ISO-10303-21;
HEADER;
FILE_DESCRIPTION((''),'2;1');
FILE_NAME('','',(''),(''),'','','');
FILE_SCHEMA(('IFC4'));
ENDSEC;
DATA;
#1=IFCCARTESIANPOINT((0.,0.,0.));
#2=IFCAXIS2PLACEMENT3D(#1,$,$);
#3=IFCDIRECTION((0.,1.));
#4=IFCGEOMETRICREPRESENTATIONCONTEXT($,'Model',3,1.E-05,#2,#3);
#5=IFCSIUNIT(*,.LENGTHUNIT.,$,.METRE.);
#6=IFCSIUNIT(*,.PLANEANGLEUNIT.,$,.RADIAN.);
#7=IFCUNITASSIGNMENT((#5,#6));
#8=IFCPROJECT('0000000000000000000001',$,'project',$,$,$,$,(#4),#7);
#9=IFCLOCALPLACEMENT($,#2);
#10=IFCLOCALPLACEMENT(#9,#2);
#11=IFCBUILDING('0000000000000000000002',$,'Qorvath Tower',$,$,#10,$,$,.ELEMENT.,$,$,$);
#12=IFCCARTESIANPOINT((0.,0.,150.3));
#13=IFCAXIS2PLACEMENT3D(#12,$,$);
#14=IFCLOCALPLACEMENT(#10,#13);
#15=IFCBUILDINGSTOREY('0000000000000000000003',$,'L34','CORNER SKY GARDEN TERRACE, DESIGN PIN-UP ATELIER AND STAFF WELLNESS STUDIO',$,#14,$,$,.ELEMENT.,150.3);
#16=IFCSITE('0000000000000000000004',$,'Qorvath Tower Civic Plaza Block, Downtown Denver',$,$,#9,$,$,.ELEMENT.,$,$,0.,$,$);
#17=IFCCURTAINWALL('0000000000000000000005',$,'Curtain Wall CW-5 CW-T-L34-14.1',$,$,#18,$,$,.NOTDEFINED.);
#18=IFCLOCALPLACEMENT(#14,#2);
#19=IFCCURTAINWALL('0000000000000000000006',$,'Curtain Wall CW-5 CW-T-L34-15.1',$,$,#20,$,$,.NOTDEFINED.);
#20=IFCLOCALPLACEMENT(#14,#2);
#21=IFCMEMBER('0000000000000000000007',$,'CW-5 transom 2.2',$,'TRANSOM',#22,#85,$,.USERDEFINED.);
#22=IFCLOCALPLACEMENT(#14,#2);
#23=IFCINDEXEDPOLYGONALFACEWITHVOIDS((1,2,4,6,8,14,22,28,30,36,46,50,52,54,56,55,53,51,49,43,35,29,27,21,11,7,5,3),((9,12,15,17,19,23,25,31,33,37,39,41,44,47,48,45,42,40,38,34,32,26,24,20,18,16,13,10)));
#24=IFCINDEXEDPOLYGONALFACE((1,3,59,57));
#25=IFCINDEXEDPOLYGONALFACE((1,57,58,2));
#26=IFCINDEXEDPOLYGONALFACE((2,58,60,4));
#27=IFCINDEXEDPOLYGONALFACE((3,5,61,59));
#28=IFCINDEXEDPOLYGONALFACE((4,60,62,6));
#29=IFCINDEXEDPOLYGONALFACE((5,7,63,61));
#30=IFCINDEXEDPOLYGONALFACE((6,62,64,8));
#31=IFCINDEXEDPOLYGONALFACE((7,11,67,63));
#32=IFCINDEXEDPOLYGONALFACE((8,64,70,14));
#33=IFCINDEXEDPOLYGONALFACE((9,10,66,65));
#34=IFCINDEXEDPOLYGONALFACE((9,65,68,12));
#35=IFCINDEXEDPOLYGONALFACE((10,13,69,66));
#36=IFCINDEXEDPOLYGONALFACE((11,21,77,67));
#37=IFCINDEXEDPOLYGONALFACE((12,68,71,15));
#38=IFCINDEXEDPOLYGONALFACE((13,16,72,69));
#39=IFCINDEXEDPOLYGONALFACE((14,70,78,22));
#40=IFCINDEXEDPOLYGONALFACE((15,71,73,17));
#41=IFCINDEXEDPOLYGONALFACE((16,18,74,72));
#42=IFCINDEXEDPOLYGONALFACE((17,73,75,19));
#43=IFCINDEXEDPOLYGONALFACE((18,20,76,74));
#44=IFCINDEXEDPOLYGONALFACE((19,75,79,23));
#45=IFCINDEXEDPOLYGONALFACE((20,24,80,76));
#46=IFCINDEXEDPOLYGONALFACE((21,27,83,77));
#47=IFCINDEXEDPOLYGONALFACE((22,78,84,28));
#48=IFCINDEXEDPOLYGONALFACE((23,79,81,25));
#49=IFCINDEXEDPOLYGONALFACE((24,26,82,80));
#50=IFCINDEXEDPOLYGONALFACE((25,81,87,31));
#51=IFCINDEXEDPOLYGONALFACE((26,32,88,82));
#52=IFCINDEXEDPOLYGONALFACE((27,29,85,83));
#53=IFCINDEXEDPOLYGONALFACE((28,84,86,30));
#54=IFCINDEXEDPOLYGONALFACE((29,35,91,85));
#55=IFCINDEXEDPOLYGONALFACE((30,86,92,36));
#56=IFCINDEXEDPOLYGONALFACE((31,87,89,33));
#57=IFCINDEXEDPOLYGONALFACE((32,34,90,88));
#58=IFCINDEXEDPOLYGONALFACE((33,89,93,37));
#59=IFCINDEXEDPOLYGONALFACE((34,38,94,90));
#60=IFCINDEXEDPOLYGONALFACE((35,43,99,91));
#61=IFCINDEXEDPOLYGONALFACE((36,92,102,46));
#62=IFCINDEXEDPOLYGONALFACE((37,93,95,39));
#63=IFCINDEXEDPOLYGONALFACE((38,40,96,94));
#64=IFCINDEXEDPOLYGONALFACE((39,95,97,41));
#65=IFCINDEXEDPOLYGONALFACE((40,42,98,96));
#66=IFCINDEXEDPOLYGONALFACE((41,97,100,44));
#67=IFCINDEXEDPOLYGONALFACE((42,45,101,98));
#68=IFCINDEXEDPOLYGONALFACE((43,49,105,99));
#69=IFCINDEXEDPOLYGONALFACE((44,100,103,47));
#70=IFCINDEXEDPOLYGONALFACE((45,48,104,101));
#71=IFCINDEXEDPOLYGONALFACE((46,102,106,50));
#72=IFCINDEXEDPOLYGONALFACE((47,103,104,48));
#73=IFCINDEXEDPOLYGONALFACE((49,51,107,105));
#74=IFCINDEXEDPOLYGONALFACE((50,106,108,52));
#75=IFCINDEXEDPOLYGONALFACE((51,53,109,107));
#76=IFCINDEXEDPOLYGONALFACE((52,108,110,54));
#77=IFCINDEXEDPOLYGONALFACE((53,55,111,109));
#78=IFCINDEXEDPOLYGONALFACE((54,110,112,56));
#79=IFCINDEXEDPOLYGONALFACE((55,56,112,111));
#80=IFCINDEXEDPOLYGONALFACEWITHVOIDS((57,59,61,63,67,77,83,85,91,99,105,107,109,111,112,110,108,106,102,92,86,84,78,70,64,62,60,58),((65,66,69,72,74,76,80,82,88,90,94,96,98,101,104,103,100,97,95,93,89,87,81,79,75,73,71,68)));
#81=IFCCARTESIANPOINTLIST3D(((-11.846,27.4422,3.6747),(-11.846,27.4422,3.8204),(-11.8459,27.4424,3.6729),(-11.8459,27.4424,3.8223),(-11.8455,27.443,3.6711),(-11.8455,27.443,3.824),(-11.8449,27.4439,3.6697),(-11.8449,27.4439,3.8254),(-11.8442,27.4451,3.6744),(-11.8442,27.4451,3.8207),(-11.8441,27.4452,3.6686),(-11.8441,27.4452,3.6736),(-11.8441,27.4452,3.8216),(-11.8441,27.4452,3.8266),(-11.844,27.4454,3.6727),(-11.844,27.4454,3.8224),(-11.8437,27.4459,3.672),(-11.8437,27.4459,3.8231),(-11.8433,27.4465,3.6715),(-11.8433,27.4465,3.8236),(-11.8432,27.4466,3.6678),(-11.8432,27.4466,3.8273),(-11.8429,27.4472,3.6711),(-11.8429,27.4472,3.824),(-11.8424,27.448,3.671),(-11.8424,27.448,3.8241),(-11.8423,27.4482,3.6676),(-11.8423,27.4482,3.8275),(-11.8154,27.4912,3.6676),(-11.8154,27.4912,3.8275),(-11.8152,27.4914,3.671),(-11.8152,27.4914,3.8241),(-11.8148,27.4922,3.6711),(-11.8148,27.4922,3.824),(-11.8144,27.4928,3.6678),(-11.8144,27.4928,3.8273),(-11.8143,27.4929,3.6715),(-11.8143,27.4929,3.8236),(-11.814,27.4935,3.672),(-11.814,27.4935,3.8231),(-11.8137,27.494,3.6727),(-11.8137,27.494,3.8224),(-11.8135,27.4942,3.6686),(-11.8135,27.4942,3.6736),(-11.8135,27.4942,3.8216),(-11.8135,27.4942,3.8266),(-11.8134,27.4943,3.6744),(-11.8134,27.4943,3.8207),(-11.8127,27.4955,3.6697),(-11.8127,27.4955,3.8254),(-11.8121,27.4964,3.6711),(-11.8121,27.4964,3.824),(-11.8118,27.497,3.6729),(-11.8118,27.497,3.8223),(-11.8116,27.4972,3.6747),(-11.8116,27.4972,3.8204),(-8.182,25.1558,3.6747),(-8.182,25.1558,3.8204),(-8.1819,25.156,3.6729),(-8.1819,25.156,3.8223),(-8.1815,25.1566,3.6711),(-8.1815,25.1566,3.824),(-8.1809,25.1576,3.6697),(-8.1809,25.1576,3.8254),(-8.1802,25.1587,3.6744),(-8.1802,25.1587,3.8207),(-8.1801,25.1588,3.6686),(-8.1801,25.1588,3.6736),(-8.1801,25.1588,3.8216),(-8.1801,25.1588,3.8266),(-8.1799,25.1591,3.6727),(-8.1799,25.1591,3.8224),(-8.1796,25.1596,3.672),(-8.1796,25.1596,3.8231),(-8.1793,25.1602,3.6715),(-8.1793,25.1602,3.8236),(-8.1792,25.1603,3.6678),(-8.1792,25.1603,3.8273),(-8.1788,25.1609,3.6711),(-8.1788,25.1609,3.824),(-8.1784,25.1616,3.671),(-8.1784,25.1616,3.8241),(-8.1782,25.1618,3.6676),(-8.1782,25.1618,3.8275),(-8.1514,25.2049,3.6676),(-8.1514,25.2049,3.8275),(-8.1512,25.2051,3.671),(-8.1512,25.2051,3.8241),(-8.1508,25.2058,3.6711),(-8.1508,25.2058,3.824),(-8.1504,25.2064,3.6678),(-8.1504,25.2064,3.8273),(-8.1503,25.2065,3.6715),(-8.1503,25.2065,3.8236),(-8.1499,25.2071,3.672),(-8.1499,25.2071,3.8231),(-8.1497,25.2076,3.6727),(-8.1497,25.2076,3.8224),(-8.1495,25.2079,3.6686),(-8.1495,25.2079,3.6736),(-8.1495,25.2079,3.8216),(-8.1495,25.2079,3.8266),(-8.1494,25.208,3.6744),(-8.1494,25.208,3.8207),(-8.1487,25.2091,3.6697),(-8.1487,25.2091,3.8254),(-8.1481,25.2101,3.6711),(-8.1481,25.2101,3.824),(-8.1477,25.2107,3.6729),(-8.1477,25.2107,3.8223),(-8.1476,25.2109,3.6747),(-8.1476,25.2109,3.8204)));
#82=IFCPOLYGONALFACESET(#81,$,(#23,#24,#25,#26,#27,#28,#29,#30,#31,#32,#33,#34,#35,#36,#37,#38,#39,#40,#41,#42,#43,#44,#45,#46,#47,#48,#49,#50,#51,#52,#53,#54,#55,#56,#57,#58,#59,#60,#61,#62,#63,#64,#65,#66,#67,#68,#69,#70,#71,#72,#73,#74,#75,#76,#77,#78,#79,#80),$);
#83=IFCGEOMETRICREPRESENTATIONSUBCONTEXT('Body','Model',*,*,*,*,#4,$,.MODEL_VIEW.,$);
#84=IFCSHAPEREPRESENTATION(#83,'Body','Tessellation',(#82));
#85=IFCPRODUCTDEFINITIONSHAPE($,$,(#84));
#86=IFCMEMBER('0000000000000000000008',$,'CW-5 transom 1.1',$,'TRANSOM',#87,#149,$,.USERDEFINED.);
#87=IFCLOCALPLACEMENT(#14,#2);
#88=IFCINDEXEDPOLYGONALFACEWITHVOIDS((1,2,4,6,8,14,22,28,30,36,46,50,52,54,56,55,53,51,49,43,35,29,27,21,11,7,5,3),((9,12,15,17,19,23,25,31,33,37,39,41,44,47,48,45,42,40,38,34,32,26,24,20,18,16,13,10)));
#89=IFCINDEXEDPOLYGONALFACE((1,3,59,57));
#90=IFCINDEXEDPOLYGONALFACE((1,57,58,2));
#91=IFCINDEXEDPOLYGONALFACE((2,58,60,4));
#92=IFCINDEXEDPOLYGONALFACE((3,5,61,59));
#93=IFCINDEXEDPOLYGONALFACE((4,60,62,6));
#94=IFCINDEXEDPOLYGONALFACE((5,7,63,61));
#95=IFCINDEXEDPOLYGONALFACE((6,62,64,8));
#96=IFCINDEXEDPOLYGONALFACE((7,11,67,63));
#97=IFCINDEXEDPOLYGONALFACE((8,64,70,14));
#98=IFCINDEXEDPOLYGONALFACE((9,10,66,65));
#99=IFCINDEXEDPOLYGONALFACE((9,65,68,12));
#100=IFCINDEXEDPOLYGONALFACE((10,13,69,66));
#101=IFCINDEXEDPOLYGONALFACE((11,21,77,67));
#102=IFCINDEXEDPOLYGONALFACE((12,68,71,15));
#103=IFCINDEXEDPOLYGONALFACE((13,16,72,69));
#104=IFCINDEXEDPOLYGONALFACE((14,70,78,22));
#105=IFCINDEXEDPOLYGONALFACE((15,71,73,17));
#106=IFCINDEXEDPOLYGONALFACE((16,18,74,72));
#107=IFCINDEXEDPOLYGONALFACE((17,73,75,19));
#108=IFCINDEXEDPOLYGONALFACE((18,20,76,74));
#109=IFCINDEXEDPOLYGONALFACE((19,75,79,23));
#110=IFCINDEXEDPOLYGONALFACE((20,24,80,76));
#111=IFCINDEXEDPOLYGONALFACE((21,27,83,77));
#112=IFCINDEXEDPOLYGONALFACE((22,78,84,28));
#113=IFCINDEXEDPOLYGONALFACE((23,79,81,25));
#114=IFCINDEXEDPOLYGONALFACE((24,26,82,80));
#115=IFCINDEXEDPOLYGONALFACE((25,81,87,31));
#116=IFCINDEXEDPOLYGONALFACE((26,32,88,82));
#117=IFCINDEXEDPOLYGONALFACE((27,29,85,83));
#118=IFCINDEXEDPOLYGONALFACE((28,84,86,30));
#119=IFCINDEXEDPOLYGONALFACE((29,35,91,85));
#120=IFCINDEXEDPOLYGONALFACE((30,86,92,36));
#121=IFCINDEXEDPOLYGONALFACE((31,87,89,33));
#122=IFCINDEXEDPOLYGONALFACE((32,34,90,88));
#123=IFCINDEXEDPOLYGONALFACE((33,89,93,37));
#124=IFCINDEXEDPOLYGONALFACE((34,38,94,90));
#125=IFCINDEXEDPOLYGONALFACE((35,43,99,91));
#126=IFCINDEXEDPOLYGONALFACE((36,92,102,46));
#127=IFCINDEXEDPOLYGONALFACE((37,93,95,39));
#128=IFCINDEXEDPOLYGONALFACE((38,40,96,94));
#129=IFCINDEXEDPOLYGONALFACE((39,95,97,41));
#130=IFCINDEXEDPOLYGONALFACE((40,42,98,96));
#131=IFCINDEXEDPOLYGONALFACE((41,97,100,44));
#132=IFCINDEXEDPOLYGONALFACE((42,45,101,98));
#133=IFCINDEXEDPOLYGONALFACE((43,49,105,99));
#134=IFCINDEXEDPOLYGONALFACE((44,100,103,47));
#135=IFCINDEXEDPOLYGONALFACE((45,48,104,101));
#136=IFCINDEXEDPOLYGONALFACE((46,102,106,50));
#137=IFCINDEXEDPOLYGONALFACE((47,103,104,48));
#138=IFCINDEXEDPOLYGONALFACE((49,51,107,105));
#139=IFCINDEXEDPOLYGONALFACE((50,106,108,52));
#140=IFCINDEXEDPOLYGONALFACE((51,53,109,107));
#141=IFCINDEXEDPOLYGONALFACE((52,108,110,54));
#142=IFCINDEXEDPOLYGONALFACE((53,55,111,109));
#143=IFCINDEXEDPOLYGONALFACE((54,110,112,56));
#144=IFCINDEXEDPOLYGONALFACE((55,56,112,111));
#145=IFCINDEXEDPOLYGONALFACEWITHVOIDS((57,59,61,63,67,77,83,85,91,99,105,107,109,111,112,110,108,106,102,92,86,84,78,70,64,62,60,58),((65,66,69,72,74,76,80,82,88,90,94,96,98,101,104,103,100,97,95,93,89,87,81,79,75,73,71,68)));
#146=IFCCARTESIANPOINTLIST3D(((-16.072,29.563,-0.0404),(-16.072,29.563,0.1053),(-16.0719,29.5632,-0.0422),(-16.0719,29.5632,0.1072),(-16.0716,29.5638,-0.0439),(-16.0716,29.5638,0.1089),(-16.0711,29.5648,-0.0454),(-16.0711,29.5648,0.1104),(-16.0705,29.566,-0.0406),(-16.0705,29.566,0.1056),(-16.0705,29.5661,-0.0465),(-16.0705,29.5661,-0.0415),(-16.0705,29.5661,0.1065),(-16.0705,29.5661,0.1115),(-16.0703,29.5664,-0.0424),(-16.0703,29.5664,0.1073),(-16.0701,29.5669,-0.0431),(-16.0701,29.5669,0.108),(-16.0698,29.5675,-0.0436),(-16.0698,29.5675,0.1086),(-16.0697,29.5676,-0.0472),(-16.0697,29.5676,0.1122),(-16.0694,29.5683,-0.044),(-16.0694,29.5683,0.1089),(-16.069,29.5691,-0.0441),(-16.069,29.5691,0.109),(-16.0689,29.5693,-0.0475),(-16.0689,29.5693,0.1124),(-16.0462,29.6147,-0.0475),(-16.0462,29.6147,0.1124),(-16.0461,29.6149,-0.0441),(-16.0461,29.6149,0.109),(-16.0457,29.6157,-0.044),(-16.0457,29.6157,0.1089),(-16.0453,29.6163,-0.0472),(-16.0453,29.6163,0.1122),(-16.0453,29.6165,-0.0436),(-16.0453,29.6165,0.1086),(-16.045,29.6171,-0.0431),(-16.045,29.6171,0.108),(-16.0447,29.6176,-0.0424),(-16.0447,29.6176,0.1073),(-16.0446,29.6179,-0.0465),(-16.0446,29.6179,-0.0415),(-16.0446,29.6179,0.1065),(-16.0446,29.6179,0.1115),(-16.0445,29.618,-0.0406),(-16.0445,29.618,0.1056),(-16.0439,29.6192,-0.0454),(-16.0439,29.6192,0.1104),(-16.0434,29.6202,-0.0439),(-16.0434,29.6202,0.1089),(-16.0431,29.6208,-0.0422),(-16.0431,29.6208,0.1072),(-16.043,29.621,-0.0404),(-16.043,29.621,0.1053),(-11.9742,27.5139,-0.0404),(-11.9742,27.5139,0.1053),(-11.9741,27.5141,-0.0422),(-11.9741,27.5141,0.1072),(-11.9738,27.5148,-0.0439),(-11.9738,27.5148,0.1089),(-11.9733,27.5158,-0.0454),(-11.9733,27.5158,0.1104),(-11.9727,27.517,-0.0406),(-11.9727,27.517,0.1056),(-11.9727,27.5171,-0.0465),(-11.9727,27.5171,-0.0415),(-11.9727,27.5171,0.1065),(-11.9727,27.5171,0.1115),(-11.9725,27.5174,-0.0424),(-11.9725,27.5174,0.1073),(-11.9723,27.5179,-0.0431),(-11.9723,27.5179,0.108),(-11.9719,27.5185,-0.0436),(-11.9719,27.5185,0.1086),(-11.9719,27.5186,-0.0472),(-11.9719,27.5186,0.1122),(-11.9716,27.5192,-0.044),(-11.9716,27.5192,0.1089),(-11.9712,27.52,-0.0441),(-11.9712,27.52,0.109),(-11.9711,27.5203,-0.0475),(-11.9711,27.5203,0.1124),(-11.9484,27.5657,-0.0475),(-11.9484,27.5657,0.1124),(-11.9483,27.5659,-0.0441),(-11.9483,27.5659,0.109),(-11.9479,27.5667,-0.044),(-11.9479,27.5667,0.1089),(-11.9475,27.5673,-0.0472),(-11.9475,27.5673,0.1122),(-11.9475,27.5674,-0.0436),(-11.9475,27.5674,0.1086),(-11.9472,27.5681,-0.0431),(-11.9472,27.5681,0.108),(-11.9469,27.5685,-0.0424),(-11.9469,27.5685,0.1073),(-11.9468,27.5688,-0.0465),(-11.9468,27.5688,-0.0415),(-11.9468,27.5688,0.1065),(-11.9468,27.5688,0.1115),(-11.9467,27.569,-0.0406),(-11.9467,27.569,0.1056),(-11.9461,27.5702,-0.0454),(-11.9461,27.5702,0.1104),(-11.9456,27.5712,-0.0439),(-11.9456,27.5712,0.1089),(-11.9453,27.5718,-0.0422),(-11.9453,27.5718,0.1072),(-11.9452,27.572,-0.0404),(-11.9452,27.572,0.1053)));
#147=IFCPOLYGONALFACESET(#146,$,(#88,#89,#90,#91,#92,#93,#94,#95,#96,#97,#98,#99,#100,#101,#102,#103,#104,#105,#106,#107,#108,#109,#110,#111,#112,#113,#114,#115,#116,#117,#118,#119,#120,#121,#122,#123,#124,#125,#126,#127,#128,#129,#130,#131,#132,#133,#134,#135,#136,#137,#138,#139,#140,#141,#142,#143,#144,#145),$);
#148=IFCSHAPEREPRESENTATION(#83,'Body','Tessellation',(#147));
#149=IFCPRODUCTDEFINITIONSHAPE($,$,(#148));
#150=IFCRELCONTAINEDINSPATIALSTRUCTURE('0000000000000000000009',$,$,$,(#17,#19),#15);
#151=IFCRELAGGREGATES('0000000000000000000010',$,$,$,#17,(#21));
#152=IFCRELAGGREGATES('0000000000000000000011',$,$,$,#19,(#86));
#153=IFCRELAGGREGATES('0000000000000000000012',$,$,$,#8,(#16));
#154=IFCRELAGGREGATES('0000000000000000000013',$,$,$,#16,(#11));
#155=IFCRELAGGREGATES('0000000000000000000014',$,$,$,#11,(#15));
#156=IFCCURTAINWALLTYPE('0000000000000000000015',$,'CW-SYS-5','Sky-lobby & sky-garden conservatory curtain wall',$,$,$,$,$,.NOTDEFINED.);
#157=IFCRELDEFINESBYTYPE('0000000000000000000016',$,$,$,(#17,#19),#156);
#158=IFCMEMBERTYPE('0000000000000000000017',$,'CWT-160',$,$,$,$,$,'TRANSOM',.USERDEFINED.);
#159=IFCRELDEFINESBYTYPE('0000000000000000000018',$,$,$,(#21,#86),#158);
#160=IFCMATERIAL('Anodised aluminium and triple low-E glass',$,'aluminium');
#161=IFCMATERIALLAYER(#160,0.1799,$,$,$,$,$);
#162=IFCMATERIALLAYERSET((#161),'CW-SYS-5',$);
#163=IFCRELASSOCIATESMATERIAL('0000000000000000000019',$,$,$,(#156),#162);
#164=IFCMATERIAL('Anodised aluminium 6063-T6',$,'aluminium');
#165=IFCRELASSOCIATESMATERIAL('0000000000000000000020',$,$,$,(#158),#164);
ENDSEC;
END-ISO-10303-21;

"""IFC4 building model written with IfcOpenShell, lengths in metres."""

from ifc_helpers import new_model, si_unit, direction, frame, origin, origin_2d, place, context, subcontext, project, spatial, hollow_rectangle, extrude, material, layer, layer_set, material_profile, profile_set, type_object, element, aggregate, save


model = new_model("IFC4")

# Units and contexts
model_context = context("Model", 3, precision=1e-05, world=origin(), true_north=direction((0.0, 1.0)))
body_context = subcontext(model_context, "Body", "Model", "MODEL_VIEW")
ifc_project = project(units=[si_unit("LENGTHUNIT", "METRE"), si_unit("PLANEANGLEUNIT", "RADIAN")], contexts=[model_context])

# Site, building, storey
site_placement = place(None, origin())
site = spatial("IfcSite", under=ifc_project, at=site_placement, Name="Qorvath Tower Civic Plaza Block, Downtown Denver", CompositionType="ELEMENT", RefElevation=0.0)
building_placement = place(site_placement, origin())
building = spatial("IfcBuilding", under=site, at=building_placement, Name="Qorvath Tower", CompositionType="ELEMENT")
storey_placement = place(building_placement, frame((0.0, 0.0, 150.3)))
storey = spatial("IfcBuildingStorey", under=building, at=storey_placement, Name="L34", Description="CORNER SKY GARDEN TERRACE, DESIGN PIN-UP ATELIER AND STAFF WELLNESS STUDIO", CompositionType="ELEMENT", Elevation=150.3)

# Shared definitions
ifc_material_1 = material(Name="Anodised aluminium and triple low-E glass", Category="aluminium")
ifc_layer_1 = layer(ifc_material_1, 0.1799)
ifc_layer_set_1 = layer_set([ifc_layer_1], Name="CW-SYS-5")
curtain_wall_type = type_object("IfcCurtainWallType", Name="CW-SYS-5", Description="Sky-lobby & sky-garden conservatory curtain wall", PredefinedType="NOTDEFINED", material=ifc_layer_set_1)

# Curtain walls
curtain_wall_1_placement = place(storey_placement, origin())
curtain_wall_1 = element("IfcCurtainWall", 1, at=curtain_wall_1_placement, inside=storey, type_object=curtain_wall_type, Name="Curtain Wall CW-5 CW-T-L34-14.1", PredefinedType="NOTDEFINED")
curtain_wall_2_placement = place(storey_placement, origin())
curtain_wall_2 = element("IfcCurtainWall", 2, at=curtain_wall_2_placement, inside=storey, type_object=curtain_wall_type, Name="Curtain Wall CW-5 CW-T-L34-15.1", PredefinedType="NOTDEFINED")

# Members
ifc_material_2 = material(Name="Anodised aluminium 6063-T6", Category="aluminium")
ifc_material_profile_1 = material_profile(ifc_material_2, hollow_rectangle(XDim=0.0649, YDim=0.1599, WallThickness=0.0034, InnerFilletRadius=0.0034, OuterFilletRadius=0.0071, at=origin_2d()), Name="CWT 160x65")
ifc_profile_set_1 = profile_set([ifc_material_profile_1], Name="Anodised aluminium 6063-T6")
member_type_1 = type_object("IfcMemberType", Name="CWT-160", ElementType="TRANSOM", PredefinedType="USERDEFINED", material=ifc_profile_set_1)
member_1_placement = place(storey_placement, frame((-8.1648, 25.1833, 3.7476), z_axis=(-0.848379, 0.529389, 0.0), x_axis=(-0.529389, -0.848379, 0.0)))
member_1 = element("IfcMember", 3, at=member_1_placement, type_object=member_type_1, Name="CW-5 transom 2.2", ObjectType="TRANSOM", PredefinedType="USERDEFINED", context=body_context, shape_type="SweptSolid", body=[
    extrude(hollow_rectangle(XDim=0.0649, YDim=0.1599, WallThickness=0.0034, InnerFilletRadius=0.0034, OuterFilletRadius=0.0071, at=origin_2d()), origin(), (0.0, 0.0, 1.0), 4.3188),
])
member_2_placement = place(storey_placement, frame((-11.9597, 27.543, 0.0325), z_axis=(-0.894417, 0.447235, 0.0), x_axis=(-0.447235, -0.894417, 0.0)))
member_2 = element("IfcMember", 4, at=member_2_placement, type_object=member_type_1, Name="CW-5 transom 1.1", ObjectType="TRANSOM", PredefinedType="USERDEFINED", context=body_context, shape_type="SweptSolid", body=[
    extrude(hollow_rectangle(XDim=0.0649, YDim=0.1599, WallThickness=0.0034, InnerFilletRadius=0.0034, OuterFilletRadius=0.0071, at=origin_2d()), origin(), (0.0, 0.0, 1.0), 4.5815),
])

aggregate(curtain_wall_1, [member_1])
aggregate(curtain_wall_2, [member_2])

save(model, "model.ifc")
